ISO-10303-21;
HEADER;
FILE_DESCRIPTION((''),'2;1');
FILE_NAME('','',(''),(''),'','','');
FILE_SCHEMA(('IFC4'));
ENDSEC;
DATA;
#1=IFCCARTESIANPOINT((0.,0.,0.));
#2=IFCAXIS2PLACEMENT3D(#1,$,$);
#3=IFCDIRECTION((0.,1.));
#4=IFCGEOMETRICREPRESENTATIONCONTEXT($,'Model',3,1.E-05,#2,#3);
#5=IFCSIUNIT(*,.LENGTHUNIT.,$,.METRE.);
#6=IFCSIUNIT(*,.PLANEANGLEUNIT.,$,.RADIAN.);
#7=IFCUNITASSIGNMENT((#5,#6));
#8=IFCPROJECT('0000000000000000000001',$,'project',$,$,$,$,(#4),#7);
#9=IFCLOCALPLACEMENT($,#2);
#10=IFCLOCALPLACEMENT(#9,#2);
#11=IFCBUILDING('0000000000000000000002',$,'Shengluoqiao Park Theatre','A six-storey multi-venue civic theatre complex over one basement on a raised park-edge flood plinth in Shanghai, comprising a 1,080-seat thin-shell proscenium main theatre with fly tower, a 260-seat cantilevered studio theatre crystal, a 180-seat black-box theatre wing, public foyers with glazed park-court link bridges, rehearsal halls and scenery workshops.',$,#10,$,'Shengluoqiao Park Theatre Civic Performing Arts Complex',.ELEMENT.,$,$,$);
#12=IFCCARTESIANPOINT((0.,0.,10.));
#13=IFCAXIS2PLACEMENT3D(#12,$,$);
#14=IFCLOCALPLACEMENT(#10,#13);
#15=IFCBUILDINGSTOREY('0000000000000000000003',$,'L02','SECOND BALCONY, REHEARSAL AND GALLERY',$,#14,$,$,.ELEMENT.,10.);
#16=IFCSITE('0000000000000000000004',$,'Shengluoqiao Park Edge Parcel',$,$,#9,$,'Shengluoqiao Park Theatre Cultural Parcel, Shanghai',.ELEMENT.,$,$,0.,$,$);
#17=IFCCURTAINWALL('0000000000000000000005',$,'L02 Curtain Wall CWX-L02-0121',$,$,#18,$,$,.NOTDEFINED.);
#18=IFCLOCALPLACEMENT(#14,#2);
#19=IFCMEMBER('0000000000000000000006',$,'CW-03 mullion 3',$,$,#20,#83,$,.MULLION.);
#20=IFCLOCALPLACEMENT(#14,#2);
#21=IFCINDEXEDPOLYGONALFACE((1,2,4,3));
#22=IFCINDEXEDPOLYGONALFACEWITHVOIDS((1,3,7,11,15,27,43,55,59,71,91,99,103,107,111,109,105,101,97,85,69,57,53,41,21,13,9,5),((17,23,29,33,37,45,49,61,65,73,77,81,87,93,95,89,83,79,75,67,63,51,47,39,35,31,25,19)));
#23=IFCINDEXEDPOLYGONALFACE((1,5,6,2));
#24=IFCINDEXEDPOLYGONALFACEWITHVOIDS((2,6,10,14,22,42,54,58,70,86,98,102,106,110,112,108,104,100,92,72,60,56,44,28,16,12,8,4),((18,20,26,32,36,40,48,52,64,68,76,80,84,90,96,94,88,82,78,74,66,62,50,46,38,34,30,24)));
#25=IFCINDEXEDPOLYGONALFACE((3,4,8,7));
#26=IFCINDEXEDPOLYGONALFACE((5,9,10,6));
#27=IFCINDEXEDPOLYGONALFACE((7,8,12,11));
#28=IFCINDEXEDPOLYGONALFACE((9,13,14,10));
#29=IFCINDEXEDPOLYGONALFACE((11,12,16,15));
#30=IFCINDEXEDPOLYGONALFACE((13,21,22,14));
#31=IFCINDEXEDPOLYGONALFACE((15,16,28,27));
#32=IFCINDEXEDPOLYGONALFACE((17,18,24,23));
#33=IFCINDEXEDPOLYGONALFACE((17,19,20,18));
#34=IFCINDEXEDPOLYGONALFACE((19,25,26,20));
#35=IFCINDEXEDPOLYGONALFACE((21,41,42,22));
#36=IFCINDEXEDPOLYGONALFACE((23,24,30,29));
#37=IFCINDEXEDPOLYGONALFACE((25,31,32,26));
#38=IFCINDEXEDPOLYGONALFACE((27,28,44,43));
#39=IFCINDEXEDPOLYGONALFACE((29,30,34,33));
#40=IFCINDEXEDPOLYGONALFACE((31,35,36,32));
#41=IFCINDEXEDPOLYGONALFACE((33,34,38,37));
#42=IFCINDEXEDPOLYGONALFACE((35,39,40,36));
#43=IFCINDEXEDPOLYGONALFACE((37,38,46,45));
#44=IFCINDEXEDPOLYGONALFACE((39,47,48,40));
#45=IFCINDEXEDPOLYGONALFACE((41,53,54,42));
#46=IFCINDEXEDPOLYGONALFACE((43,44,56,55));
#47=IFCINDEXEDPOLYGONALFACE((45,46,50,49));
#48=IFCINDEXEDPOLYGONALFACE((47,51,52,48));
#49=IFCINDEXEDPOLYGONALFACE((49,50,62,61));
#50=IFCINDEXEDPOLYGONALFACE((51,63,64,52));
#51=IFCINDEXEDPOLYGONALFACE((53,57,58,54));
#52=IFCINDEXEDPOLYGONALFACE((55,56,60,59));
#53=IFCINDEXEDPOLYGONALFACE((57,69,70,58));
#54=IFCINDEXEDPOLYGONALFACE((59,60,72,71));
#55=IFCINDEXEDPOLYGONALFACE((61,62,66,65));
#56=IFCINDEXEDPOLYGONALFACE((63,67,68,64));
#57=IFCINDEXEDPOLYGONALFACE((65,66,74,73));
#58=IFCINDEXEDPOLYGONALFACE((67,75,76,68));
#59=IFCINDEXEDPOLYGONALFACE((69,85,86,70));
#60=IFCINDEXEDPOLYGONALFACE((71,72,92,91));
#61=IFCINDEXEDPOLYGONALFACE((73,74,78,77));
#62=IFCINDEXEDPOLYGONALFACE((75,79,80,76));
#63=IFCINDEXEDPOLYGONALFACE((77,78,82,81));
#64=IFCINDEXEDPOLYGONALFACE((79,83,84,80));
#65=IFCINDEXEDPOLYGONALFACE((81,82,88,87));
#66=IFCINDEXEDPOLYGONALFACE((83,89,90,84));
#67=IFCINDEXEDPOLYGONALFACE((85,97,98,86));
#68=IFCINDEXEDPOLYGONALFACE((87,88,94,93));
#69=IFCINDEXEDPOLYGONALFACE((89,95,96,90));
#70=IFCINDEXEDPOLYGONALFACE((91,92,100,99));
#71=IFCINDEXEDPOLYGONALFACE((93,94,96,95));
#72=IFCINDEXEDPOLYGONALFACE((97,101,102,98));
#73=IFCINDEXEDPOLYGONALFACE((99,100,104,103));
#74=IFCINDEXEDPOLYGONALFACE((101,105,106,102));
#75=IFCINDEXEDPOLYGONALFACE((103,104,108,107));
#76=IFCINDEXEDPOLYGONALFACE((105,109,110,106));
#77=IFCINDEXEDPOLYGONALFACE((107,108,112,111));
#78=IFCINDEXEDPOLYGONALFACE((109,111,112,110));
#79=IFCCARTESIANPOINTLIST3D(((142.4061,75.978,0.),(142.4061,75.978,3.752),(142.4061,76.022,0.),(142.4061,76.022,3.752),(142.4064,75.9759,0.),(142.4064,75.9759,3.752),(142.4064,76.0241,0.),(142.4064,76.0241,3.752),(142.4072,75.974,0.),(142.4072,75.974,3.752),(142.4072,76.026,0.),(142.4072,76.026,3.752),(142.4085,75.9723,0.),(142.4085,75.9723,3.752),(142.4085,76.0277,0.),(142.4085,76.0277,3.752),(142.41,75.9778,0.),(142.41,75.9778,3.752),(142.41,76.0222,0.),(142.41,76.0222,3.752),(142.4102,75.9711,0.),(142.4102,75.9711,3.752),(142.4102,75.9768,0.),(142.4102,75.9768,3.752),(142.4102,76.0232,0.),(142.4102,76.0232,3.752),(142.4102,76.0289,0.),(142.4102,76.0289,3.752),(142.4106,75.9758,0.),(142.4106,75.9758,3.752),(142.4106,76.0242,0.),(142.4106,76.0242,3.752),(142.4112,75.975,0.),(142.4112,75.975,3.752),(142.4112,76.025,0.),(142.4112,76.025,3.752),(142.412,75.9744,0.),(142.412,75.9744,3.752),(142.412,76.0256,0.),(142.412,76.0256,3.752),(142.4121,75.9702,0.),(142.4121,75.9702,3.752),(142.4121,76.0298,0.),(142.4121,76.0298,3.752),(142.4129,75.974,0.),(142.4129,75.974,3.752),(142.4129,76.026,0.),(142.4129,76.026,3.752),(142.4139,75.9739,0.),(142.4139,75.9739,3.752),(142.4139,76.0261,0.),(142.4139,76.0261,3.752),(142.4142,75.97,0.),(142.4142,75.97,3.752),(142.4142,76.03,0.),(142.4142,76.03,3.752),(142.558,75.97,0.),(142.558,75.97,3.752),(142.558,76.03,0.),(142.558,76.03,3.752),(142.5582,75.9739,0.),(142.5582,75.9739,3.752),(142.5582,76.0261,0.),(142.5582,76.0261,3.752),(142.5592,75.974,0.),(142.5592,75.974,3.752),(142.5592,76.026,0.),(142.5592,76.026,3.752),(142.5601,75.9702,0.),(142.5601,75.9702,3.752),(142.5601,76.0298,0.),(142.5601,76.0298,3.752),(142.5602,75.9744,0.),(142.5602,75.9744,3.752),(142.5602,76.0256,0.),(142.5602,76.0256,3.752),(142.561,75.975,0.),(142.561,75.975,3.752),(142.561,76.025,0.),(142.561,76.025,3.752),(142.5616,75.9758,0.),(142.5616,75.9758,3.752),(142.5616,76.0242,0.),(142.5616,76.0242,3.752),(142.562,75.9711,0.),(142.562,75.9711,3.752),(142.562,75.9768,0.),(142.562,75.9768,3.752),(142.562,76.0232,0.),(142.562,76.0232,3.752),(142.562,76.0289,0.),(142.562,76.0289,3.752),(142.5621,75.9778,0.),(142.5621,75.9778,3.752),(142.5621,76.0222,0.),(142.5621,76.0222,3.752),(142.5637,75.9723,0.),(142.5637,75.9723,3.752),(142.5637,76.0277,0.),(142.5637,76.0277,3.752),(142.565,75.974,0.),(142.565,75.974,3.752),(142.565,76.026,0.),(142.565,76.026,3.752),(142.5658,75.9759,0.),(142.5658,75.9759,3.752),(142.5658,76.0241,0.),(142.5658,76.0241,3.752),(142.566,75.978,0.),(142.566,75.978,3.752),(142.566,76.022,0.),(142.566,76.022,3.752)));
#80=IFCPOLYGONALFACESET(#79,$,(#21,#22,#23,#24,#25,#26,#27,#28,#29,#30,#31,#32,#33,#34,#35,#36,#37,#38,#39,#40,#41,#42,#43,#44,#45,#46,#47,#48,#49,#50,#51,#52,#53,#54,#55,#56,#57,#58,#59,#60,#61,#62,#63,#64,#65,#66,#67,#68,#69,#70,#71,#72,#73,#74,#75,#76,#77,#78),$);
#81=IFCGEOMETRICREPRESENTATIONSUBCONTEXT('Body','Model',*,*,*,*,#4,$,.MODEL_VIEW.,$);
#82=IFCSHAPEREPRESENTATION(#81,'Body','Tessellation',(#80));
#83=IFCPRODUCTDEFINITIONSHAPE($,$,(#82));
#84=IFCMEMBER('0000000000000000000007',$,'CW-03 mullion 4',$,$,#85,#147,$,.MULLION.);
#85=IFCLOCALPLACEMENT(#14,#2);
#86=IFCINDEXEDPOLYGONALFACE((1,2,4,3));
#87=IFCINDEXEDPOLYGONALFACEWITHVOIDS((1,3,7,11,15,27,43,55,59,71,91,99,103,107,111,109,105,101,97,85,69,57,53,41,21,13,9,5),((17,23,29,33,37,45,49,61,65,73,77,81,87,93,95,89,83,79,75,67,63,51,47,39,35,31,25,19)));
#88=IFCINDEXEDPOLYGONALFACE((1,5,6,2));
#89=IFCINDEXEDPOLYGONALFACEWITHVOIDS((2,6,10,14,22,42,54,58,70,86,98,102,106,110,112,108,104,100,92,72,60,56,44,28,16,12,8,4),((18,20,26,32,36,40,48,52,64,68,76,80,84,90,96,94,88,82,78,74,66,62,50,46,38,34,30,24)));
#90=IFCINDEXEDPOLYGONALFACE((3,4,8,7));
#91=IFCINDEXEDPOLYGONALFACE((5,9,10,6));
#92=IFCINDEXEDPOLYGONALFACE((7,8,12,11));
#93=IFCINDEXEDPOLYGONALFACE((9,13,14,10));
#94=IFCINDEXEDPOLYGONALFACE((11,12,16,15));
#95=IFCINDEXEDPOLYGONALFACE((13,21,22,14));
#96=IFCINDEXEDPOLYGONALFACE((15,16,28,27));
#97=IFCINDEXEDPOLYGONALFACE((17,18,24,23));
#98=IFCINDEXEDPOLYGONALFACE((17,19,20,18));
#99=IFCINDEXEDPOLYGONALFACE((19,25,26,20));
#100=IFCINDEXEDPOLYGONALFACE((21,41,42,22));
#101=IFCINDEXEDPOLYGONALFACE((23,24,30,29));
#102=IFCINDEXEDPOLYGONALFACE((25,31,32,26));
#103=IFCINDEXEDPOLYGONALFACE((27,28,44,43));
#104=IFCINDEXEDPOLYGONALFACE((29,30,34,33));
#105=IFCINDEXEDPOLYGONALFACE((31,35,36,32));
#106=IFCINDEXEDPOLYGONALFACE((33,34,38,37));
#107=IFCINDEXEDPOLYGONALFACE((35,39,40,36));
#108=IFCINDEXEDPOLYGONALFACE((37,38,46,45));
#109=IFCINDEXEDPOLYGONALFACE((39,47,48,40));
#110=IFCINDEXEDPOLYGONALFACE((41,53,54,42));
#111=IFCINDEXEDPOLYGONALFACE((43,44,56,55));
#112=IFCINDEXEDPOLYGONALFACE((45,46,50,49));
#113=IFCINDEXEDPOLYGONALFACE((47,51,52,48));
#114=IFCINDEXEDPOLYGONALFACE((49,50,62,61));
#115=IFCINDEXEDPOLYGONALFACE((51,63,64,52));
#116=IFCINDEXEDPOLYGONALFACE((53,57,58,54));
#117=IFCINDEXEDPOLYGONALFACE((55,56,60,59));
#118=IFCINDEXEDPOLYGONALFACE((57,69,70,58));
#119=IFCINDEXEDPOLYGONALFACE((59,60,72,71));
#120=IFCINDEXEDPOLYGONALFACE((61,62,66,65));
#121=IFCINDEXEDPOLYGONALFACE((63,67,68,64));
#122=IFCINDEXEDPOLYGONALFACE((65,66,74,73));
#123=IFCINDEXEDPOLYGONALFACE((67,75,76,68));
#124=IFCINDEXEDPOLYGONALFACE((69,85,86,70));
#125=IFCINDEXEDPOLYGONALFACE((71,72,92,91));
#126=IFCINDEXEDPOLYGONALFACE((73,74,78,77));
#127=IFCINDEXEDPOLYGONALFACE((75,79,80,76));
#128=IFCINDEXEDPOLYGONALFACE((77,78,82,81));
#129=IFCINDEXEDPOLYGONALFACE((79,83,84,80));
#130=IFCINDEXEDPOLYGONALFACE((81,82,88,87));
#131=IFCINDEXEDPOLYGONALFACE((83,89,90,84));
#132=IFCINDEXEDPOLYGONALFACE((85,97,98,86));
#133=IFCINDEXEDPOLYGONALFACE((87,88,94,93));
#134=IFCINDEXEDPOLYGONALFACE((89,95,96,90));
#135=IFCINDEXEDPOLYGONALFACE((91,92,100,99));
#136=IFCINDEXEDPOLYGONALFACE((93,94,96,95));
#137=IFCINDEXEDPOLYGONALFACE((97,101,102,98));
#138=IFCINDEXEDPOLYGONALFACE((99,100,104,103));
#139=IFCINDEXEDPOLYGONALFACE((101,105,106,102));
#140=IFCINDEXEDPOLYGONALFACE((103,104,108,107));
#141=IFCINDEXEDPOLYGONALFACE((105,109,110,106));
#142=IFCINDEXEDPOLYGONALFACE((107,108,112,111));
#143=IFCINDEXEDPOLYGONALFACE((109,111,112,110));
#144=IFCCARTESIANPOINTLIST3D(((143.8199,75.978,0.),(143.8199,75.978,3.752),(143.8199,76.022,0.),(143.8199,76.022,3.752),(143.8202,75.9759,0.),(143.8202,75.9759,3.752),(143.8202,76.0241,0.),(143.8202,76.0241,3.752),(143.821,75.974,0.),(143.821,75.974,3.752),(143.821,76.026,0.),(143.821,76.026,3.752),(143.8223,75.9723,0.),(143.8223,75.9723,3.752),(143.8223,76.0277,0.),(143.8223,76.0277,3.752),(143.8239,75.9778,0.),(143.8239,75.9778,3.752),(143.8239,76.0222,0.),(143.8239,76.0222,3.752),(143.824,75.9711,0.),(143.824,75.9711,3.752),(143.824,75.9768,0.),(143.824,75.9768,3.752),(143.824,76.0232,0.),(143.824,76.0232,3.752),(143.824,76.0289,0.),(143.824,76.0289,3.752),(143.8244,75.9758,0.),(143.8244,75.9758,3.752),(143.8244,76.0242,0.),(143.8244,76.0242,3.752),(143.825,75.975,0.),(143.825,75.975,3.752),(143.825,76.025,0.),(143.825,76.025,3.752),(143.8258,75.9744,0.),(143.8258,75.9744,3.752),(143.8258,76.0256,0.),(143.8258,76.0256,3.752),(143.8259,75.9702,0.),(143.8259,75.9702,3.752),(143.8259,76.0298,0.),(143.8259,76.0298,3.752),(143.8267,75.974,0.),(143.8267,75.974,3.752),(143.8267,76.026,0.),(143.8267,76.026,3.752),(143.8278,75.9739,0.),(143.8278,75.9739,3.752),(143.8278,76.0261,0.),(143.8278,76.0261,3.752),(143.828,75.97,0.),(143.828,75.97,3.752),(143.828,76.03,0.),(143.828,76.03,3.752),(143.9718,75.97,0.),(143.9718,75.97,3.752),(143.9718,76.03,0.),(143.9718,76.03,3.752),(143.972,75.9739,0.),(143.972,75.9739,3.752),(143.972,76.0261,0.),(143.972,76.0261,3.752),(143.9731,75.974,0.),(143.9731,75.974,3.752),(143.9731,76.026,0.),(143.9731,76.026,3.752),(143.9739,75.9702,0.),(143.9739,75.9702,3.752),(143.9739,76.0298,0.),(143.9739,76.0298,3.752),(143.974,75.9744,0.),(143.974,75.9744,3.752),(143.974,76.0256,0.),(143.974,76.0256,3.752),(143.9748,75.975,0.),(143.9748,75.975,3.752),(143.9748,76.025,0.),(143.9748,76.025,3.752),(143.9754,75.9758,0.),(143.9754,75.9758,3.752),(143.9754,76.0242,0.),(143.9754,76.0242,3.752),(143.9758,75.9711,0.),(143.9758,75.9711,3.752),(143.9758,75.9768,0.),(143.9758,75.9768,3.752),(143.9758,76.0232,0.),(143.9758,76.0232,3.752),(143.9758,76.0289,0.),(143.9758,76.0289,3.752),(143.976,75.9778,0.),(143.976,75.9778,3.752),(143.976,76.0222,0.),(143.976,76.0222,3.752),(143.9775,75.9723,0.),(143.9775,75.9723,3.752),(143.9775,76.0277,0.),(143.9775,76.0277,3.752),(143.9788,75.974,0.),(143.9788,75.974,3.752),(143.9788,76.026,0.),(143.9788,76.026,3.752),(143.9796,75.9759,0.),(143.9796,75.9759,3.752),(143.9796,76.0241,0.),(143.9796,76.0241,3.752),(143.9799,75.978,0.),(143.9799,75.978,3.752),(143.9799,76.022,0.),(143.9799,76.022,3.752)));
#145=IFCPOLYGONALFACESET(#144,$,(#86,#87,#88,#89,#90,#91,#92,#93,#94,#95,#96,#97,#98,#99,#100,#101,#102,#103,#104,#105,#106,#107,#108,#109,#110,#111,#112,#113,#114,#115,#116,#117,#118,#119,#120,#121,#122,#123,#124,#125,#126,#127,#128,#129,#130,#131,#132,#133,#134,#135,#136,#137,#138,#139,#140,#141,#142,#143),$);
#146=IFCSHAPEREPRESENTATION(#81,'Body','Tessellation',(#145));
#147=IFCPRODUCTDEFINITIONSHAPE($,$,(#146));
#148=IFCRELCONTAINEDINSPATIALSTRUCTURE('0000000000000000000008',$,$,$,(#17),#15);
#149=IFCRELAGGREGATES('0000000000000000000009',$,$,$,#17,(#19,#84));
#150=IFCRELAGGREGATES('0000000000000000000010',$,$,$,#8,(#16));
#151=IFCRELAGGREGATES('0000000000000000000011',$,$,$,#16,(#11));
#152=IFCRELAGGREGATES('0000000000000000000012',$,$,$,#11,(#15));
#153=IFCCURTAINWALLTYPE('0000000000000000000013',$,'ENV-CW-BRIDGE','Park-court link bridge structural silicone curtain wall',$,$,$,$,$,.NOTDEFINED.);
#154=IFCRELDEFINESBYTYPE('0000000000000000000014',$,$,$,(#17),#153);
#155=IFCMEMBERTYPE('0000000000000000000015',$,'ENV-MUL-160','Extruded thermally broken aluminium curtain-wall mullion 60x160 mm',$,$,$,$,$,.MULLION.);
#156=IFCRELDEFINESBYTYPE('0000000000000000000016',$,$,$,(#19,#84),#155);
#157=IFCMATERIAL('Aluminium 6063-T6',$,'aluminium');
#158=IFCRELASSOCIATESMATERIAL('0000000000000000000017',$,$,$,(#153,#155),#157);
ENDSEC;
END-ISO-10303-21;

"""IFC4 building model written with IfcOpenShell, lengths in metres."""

from ifc_helpers import new_model, si_unit, direction, frame, origin, origin_2d, place, context, subcontext, project, spatial, hollow_rectangle, extrude, material, material_profile, profile_set, type_object, element, aggregate, save


model = new_model("IFC4")

# Units and contexts
model_context = context("Model", 3, precision=1e-05, world=origin(), true_north=direction((0.0, 1.0)))
body_context = subcontext(model_context, "Body", "Model", "MODEL_VIEW")
ifc_project = project(units=[si_unit("LENGTHUNIT", "METRE"), si_unit("PLANEANGLEUNIT", "RADIAN")], contexts=[model_context])

# Site, building, storey
site_placement = place(None, origin())
site = spatial("IfcSite", under=ifc_project, at=site_placement, Name="Shengluoqiao Park Edge Parcel", LongName="Shengluoqiao Park Theatre Cultural Parcel, Shanghai", CompositionType="ELEMENT", RefElevation=0.0)
building_placement = place(site_placement, origin())
building = spatial("IfcBuilding", under=site, at=building_placement, Name="Shengluoqiao Park Theatre", Description="A six-storey multi-venue civic theatre complex over one basement on a raised park-edge flood plinth in Shanghai, comprising a 1,080-seat thin-shell proscenium main theatre with fly tower, a 260-seat cantilevered studio theatre crystal, a 180-seat black-box theatre wing, public foyers with glazed park-court link bridges, rehearsal halls and scenery workshops.", LongName="Shengluoqiao Park Theatre Civic Performing Arts Complex", CompositionType="ELEMENT")
storey_placement = place(building_placement, frame((0.0, 0.0, 10.0)))
storey = spatial("IfcBuildingStorey", under=building, at=storey_placement, Name="L02", Description="SECOND BALCONY, REHEARSAL AND GALLERY", CompositionType="ELEMENT", Elevation=10.0)

# Curtain wall, members
ifc_material_1 = material(Name="Aluminium 6063-T6", Category="aluminium")
curtain_wall_type = type_object("IfcCurtainWallType", Name="ENV-CW-BRIDGE", Description="Park-court link bridge structural silicone curtain wall", PredefinedType="NOTDEFINED", material=ifc_material_1)
curtain_wall_placement = place(storey_placement, origin())
curtain_wall = element("IfcCurtainWall", 1, at=curtain_wall_placement, inside=storey, type_object=curtain_wall_type, Name="L02 Curtain Wall CWX-L02-0121", PredefinedType="NOTDEFINED")
ifc_material_profile_1 = material_profile(ifc_material_1, hollow_rectangle(XDim=0.0601, YDim=0.1599, WallThickness=0.0039, InnerFilletRadius=0.0039, OuterFilletRadius=0.0081, at=origin_2d()), Name="ALU MULLION 160x60x4")
ifc_profile_set_1 = profile_set([ifc_material_profile_1], Name="Aluminium 6063-T6")
member_type_1 = type_object("IfcMemberType", Name="ENV-MUL-160", Description="Extruded thermally broken aluminium curtain-wall mullion 60x160 mm", PredefinedType="MULLION", material=ifc_profile_set_1)
member_1_placement = place(storey_placement, frame((142.4861, 76.0, 0.0), z_axis=(0.0, 0.0, 1.0), x_axis=(0.0, 1.0, 0.0)))
member_1 = element("IfcMember", 2, at=member_1_placement, type_object=member_type_1, Name="CW-03 mullion 3", PredefinedType="MULLION", context=body_context, shape_type="SweptSolid", body=[
    extrude(hollow_rectangle(XDim=0.0601, YDim=0.1599, WallThickness=0.0039, InnerFilletRadius=0.0039, OuterFilletRadius=0.0081, at=origin_2d()), origin(), (0.0, 0.0, 1.0), 3.752),
])
member_2_placement = place(storey_placement, frame((143.8999, 76.0, 0.0), z_axis=(0.0, 0.0, 1.0), x_axis=(0.0, 1.0, 0.0)))
member_2 = element("IfcMember", 3, at=member_2_placement, type_object=member_type_1, Name="CW-03 mullion 4", PredefinedType="MULLION", context=body_context, shape_type="SweptSolid", body=[
    extrude(hollow_rectangle(XDim=0.0601, YDim=0.1599, WallThickness=0.0039, InnerFilletRadius=0.0039, OuterFilletRadius=0.0081, at=origin_2d()), origin(), (0.0, 0.0, 1.0), 3.752),
])
aggregate(curtain_wall, [member_1, member_2])

save(model, "model.ifc")
